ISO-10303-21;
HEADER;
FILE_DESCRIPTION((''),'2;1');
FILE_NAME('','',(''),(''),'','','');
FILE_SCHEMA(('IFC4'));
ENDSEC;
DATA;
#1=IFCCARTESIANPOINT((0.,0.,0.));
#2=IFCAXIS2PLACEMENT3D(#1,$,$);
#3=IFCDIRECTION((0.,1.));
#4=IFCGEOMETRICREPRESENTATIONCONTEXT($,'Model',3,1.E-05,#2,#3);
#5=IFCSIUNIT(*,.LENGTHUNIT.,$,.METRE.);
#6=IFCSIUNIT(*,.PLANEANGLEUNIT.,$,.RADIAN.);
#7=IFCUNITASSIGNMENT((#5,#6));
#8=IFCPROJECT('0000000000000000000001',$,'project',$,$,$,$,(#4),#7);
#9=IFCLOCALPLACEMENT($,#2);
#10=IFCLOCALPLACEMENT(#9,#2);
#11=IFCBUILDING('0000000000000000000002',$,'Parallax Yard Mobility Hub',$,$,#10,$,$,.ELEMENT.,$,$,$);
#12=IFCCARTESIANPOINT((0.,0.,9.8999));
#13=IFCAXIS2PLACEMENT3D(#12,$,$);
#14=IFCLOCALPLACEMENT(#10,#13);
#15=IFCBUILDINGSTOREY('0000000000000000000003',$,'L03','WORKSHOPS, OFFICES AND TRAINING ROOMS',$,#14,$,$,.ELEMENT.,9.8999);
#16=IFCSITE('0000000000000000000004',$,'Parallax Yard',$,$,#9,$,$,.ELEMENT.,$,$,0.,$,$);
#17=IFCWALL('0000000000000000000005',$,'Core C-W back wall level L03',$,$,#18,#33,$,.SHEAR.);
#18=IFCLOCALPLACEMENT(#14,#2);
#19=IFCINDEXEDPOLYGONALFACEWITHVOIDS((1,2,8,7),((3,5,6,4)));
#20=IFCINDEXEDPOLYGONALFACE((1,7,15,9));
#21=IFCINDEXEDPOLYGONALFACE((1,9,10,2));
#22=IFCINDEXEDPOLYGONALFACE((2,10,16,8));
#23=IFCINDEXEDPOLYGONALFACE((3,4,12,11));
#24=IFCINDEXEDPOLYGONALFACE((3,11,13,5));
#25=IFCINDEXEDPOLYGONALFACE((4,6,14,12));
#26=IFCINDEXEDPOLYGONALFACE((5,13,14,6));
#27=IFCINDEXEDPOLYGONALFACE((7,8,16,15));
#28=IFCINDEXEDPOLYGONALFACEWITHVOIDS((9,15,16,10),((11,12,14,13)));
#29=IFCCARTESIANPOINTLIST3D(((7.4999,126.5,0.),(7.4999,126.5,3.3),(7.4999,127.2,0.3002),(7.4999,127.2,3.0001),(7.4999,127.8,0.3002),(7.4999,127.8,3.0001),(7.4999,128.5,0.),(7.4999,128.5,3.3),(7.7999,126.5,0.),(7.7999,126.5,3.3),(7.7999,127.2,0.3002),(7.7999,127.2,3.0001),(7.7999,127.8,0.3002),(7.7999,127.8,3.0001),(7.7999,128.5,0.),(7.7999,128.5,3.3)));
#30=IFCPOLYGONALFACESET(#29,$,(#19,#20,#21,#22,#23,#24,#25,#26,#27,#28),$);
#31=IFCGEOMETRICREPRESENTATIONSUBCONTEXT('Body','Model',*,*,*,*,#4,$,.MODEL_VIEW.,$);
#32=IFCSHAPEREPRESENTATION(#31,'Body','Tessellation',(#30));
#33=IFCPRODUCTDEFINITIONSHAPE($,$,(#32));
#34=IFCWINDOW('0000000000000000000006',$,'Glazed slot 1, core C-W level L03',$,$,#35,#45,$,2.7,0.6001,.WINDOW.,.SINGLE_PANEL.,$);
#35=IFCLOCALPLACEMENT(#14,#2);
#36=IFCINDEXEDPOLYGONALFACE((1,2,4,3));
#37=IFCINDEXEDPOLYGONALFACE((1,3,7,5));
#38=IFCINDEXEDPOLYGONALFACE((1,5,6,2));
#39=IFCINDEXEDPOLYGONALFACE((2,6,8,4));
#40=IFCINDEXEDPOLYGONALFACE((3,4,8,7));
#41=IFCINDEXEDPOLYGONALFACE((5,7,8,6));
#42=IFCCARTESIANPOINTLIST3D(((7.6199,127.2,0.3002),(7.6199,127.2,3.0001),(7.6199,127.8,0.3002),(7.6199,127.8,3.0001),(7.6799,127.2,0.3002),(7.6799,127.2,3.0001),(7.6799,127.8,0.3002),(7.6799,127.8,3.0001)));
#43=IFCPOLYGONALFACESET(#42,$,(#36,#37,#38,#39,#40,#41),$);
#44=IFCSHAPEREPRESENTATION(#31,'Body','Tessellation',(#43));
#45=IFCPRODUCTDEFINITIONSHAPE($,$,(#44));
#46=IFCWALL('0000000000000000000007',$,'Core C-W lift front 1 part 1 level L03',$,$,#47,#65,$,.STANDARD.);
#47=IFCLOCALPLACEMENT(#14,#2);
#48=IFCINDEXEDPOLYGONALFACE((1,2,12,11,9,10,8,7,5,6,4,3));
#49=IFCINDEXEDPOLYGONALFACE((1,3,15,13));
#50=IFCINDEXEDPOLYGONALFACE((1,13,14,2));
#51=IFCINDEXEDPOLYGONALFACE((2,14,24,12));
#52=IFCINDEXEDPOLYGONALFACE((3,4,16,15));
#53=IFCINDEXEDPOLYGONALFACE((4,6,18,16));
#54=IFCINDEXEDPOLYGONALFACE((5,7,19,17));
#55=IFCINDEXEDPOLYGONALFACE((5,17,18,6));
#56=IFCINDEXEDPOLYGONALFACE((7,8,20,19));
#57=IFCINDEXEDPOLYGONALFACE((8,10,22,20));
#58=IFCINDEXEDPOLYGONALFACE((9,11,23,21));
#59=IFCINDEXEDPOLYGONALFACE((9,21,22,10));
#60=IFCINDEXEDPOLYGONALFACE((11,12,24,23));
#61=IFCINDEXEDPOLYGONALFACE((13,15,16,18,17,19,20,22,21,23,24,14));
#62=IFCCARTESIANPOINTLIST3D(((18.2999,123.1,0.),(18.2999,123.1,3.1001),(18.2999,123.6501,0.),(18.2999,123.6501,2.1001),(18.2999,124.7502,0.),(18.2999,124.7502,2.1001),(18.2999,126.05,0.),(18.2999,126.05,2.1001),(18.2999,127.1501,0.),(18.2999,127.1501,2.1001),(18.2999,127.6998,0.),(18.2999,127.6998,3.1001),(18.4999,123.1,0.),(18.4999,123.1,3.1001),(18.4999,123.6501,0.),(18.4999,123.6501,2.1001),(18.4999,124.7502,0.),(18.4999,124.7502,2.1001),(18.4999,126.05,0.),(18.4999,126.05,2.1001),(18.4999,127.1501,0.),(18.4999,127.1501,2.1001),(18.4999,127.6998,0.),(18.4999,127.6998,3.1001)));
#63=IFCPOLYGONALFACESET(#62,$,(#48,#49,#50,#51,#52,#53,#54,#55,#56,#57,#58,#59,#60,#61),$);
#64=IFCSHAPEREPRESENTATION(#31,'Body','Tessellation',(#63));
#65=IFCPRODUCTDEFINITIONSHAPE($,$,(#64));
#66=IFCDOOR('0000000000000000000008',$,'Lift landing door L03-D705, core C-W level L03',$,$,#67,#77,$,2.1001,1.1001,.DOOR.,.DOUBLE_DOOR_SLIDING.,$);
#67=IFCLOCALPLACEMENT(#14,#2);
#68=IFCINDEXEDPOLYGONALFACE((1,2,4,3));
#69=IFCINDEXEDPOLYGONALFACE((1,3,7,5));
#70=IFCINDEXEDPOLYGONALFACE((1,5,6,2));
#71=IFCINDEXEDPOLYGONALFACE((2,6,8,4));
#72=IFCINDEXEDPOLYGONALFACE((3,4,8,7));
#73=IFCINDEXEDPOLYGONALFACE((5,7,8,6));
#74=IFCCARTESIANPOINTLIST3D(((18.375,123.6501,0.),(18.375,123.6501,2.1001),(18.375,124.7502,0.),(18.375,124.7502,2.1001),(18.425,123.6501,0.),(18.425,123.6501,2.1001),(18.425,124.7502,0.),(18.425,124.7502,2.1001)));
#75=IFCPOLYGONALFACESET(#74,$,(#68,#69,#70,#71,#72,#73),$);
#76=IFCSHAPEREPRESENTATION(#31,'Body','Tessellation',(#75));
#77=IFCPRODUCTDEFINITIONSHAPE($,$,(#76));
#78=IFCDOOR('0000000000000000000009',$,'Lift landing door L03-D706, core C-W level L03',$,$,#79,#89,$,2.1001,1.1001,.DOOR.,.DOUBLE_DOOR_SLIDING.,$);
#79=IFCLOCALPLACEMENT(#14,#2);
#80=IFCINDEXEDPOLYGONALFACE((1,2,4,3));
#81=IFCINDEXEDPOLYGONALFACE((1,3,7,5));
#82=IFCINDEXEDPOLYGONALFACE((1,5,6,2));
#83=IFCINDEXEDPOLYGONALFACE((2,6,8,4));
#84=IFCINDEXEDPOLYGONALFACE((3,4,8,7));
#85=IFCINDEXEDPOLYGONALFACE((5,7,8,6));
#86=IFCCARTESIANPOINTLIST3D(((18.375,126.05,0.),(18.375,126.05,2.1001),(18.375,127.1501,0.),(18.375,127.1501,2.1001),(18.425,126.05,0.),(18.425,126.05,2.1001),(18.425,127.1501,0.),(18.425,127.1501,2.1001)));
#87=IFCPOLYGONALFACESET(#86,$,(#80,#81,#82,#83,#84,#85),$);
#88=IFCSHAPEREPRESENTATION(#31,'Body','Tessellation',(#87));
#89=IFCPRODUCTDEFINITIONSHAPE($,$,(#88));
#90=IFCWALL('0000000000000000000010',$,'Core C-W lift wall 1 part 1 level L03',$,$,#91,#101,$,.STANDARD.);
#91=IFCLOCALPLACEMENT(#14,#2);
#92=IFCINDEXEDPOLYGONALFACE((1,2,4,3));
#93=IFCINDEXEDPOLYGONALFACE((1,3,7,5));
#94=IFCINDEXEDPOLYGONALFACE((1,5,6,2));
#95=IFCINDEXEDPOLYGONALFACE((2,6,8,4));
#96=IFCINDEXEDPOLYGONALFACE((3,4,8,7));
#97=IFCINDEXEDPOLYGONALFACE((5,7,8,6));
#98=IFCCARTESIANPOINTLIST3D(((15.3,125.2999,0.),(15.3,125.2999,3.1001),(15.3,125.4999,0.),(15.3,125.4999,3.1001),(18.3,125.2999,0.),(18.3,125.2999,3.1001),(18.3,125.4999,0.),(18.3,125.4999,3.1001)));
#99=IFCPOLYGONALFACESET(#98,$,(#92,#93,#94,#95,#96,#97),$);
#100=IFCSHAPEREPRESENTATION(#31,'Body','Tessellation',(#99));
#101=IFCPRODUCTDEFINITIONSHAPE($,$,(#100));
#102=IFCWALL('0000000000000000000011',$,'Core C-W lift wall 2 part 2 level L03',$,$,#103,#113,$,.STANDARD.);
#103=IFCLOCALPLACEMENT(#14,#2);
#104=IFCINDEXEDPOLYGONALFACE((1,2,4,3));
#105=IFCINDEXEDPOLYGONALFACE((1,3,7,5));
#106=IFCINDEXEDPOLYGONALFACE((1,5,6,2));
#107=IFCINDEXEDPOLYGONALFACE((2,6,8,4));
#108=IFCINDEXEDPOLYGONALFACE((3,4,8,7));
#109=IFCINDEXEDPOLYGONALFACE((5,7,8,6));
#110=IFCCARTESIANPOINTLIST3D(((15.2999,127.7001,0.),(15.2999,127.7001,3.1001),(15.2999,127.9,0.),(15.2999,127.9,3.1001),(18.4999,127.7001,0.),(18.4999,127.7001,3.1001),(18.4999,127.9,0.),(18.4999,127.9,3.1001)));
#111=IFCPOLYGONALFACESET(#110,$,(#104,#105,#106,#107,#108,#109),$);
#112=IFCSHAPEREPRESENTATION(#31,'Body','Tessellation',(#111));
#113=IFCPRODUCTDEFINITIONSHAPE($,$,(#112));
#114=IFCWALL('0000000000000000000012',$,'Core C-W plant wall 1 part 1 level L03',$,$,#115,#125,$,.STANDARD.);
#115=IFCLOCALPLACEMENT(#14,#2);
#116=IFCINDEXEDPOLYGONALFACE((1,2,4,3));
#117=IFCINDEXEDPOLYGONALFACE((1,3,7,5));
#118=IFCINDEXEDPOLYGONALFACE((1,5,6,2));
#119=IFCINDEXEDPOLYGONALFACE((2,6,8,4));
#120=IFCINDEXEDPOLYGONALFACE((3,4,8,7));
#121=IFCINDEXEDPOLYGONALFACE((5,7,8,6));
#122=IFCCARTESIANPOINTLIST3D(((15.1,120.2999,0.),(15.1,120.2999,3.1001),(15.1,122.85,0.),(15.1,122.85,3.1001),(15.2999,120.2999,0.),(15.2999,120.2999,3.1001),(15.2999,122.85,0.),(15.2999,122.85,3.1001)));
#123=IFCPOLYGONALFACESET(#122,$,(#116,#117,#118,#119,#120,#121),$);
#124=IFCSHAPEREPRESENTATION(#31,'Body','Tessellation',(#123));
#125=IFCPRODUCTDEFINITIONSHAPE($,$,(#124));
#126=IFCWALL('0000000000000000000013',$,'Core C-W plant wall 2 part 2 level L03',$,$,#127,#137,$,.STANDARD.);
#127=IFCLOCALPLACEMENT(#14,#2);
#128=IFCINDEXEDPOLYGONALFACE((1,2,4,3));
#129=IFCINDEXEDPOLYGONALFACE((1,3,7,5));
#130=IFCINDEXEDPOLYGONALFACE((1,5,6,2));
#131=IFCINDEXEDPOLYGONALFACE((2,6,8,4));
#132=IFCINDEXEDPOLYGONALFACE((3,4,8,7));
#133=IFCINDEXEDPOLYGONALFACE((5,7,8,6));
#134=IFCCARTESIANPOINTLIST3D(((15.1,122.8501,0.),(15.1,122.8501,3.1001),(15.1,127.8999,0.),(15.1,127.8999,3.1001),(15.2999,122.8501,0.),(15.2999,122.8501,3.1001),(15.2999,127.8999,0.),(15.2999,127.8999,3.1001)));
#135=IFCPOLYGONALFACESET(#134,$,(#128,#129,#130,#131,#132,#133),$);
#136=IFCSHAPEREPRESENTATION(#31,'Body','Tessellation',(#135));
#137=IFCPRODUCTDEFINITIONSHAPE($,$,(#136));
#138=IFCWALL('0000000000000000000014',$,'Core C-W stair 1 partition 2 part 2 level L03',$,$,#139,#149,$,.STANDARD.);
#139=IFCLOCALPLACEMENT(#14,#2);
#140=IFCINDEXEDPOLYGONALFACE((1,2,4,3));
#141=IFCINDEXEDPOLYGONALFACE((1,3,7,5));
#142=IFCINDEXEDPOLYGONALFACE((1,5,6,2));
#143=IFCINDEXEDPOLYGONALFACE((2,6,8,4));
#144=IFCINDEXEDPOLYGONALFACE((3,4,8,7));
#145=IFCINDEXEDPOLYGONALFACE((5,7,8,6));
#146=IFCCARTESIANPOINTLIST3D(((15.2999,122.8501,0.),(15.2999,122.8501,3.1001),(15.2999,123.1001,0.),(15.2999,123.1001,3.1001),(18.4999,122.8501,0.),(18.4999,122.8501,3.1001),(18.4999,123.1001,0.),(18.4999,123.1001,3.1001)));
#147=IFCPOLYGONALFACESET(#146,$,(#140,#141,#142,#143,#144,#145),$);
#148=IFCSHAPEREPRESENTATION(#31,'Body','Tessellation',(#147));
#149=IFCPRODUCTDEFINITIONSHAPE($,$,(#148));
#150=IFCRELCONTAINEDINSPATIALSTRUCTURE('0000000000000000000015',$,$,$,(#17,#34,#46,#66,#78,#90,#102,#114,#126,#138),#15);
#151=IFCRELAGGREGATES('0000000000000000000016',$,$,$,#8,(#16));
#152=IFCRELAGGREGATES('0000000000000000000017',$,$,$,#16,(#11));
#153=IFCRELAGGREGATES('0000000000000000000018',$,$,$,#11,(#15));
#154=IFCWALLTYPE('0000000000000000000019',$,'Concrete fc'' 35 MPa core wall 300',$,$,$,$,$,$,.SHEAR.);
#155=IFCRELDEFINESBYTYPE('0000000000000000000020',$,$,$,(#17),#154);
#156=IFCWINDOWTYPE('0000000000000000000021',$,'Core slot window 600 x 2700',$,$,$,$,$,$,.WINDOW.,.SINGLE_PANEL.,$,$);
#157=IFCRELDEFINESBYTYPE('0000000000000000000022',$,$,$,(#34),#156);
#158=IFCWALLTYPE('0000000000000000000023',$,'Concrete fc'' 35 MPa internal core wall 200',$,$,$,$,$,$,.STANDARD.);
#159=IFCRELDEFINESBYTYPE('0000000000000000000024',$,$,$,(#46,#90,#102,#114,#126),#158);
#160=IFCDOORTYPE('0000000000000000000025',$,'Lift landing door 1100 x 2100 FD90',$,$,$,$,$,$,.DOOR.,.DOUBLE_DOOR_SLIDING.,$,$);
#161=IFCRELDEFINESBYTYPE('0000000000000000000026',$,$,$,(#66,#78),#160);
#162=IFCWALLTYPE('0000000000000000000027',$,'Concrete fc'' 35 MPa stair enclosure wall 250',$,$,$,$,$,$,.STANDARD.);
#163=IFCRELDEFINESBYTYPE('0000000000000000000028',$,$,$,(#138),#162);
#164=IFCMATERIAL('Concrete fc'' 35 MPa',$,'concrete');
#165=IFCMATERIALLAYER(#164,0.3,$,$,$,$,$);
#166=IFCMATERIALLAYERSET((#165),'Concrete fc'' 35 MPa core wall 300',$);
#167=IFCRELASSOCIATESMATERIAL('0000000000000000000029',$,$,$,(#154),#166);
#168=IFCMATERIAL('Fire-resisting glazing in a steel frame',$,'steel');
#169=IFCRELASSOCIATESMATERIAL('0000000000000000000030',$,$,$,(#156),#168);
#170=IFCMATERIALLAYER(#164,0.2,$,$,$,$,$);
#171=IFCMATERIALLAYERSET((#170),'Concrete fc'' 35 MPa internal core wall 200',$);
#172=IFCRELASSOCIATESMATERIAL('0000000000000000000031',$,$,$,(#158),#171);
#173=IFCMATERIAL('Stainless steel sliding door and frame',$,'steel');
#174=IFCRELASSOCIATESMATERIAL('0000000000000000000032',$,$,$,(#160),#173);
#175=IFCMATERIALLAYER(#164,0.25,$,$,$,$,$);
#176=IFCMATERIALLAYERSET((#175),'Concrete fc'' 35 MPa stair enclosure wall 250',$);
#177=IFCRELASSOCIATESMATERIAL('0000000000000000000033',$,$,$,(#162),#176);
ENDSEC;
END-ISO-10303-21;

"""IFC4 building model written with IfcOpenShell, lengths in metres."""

from ifc_helpers import new_model, si_unit, direction, frame, frame_2d, origin, place, context, subcontext, project, spatial, rectangle, extrude, material, layer, layer_set, type_object, element, fill, save


model = new_model("IFC4")

# Units and contexts
model_context = context("Model", 3, precision=1e-05, world=origin(), true_north=direction((0.0, 1.0)))
body_context = subcontext(model_context, "Body", "Model", "MODEL_VIEW")
ifc_project = project(units=[si_unit("LENGTHUNIT", "METRE"), si_unit("PLANEANGLEUNIT", "RADIAN")], contexts=[model_context])

# Site, building, storey
site_placement = place(None, origin())
site = spatial("IfcSite", under=ifc_project, at=site_placement, Name="Parallax Yard", CompositionType="ELEMENT", RefElevation=0.0)
building_placement = place(site_placement, origin())
building = spatial("IfcBuilding", under=site, at=building_placement, Name="Parallax Yard Mobility Hub", CompositionType="ELEMENT")
storey_placement = place(building_placement, frame((0.0, 0.0, 9.8999)))
storey = spatial("IfcBuildingStorey", under=building, at=storey_placement, Name="L03", Description="WORKSHOPS, OFFICES AND TRAINING ROOMS", CompositionType="ELEMENT", Elevation=9.8999)

# Wall, opening, window
ifc_material_1 = material(Name="Concrete fc' 35 MPa", Category="concrete")
ifc_layer_1 = layer(ifc_material_1, 0.3)
ifc_layer_set_1 = layer_set([ifc_layer_1], Name="Concrete fc' 35 MPa core wall 300")
wall_type_1 = type_object("IfcWallType", Name="Concrete fc' 35 MPa core wall 300", PredefinedType="SHEAR", material=ifc_layer_set_1)
wall_1_placement = place(storey_placement, frame((7.6499, 126.5, 0.0), z_axis=(0.0, 0.0, 1.0), x_axis=(0.0, 1.0, 0.0)))
wall_1 = element("IfcWall", 1, at=wall_1_placement, inside=storey, type_object=wall_type_1, Name="Core C-W back wall level L03", PredefinedType="SHEAR", context=body_context, shape_type="SweptSolid", body=[
    extrude(rectangle(XDim=2.0, YDim=0.3, at=frame_2d((1.0, 0.0))), origin(), (0.0, 0.0, 1.0), 3.3),
])
opening_1_placement = place(wall_1_placement, frame((0.7, 0.0, 0.3)))
opening_1 = element("IfcOpeningElement", 2, at=opening_1_placement, cuts=wall_1, PredefinedType="OPENING", context=body_context, shape_type="SweptSolid", body=[
    extrude(rectangle(XDim=0.6001, YDim=2.7, at=frame_2d((0.3, 1.3501))), frame((0.0, 0.1602, 0.0), z_axis=(0.0, -1.0, 0.0), x_axis=(1.0, 0.0, 0.0)), (0.0, 0.0, 1.0), 0.3201),
])
ifc_material_2 = material(Name="Fire-resisting glazing in a steel frame", Category="steel")
window_type = type_object("IfcWindowType", Name="Core slot window 600 x 2700", PartitioningType="SINGLE_PANEL", PredefinedType="WINDOW", material=ifc_material_2)
window_placement = place(opening_1_placement, origin())
window = element("IfcWindow", 3, at=window_placement, inside=storey, type_object=window_type, Name="Glazed slot 1, core C-W level L03", OverallHeight=2.7, OverallWidth=0.6001, PartitioningType="SINGLE_PANEL", PredefinedType="WINDOW", context=body_context, shape_type="SweptSolid", body=[
    extrude(rectangle(XDim=0.6001, YDim=2.7, at=frame_2d((0.3, 1.3501))), frame((0.0, 0.03, 0.0), z_axis=(0.0, -1.0, 0.0), x_axis=(1.0, 0.0, 0.0)), (0.0, 0.0, 1.0), 0.0601),
])
fill(opening_1, window)

# Wall, openings, doors
ifc_layer_2 = layer(ifc_material_1, 0.2)
ifc_layer_set_2 = layer_set([ifc_layer_2], Name="Concrete fc' 35 MPa internal core wall 200")
wall_type_2 = type_object("IfcWallType", Name="Concrete fc' 35 MPa internal core wall 200", PredefinedType="STANDARD", material=ifc_layer_set_2)
wall_2_placement = place(storey_placement, frame((18.3999, 123.1001, 0.0), z_axis=(0.0, 0.0, 1.0), x_axis=(0.0, 1.0, 0.0)))
wall_2 = element("IfcWall", 4, at=wall_2_placement, inside=storey, type_object=wall_type_2, Name="Core C-W lift front 1 part 1 level L03", PredefinedType="STANDARD", context=body_context, shape_type="SweptSolid", body=[
    extrude(rectangle(XDim=4.5999, YDim=0.2, at=frame_2d((2.2998, 0.0))), origin(), (0.0, 0.0, 1.0), 3.1001),
])
opening_2_placement = place(wall_2_placement, frame((0.55, 0.0, 0.0)))
opening_2 = element("IfcOpeningElement", 5, at=opening_2_placement, cuts=wall_2, PredefinedType="OPENING", context=body_context, shape_type="SweptSolid", body=[
    extrude(rectangle(XDim=1.1001, YDim=2.1001, at=frame_2d((0.55, 1.05))), frame((0.0, 0.1099, 0.0), z_axis=(0.0, -1.0, 0.0), x_axis=(1.0, 0.0, 0.0)), (0.0, 0.0, 1.0), 0.22),
])
opening_3_placement = place(wall_2_placement, frame((2.95, 0.0, 0.0)))
opening_3 = element("IfcOpeningElement", 6, at=opening_3_placement, cuts=wall_2, PredefinedType="OPENING", context=body_context, shape_type="SweptSolid", body=[
    extrude(rectangle(XDim=1.1001, YDim=2.1001, at=frame_2d((0.55, 1.05))), frame((0.0, 0.1099, 0.0), z_axis=(0.0, -1.0, 0.0), x_axis=(1.0, 0.0, 0.0)), (0.0, 0.0, 1.0), 0.22),
])
ifc_material_3 = material(Name="Stainless steel sliding door and frame", Category="steel")
door_type = type_object("IfcDoorType", Name="Lift landing door 1100 x 2100 FD90", OperationType="DOUBLE_DOOR_SLIDING", PredefinedType="DOOR", material=ifc_material_3)
door_1_placement = place(opening_2_placement, origin())
door_1 = element("IfcDoor", 7, at=door_1_placement, inside=storey, type_object=door_type, Name="Lift landing door L03-D705, core C-W level L03", OperationType="DOUBLE_DOOR_SLIDING", OverallHeight=2.1001, OverallWidth=1.1001, PredefinedType="DOOR", context=body_context, shape_type="SweptSolid", body=[
    extrude(rectangle(XDim=1.1001, YDim=2.1001, at=frame_2d((0.55, 1.05))), frame((0.0, 0.0249, 0.0), z_axis=(0.0, -1.0, 0.0), x_axis=(1.0, 0.0, 0.0)), (0.0, 0.0, 1.0), 0.05),
])
fill(opening_2, door_1)
door_2_placement = place(opening_3_placement, origin())
door_2 = element("IfcDoor", 8, at=door_2_placement, inside=storey, type_object=door_type, Name="Lift landing door L03-D706, core C-W level L03", OperationType="DOUBLE_DOOR_SLIDING", OverallHeight=2.1001, OverallWidth=1.1001, PredefinedType="DOOR", context=body_context, shape_type="SweptSolid", body=[
    extrude(rectangle(XDim=1.1001, YDim=2.1001, at=frame_2d((0.55, 1.05))), frame((0.0, 0.0249, 0.0), z_axis=(0.0, -1.0, 0.0), x_axis=(1.0, 0.0, 0.0)), (0.0, 0.0, 1.0), 0.05),
])
fill(opening_3, door_2)

# Walls
wall_3_placement = place(storey_placement, frame((18.3, 125.3999, 0.0), z_axis=(0.0, 0.0, 1.0), x_axis=(-1.0, 0.0, 0.0)))
element("IfcWall", 9, at=wall_3_placement, inside=storey, type_object=wall_type_2, Name="Core C-W lift wall 1 part 1 level L03", PredefinedType="STANDARD", context=body_context, shape_type="SweptSolid", body=[
    extrude(rectangle(XDim=3.0, YDim=0.2, at=frame_2d((1.5, 0.0))), origin(), (0.0, 0.0, 1.0), 3.1001),
])
wall_4_placement = place(storey_placement, frame((18.5, 127.8, 0.0), z_axis=(0.0, 0.0, 1.0), x_axis=(-1.0, 0.0, 0.0)))
element("IfcWall", 10, at=wall_4_placement, inside=storey, type_object=wall_type_2, Name="Core C-W lift wall 2 part 2 level L03", PredefinedType="STANDARD", context=body_context, shape_type="SweptSolid", body=[
    extrude(rectangle(XDim=3.2, YDim=0.2, at=frame_2d((1.6001, 0.0))), origin(), (0.0, 0.0, 1.0), 3.1001),
])
wall_5_placement = place(storey_placement, frame((15.2, 120.3, 0.0), z_axis=(0.0, 0.0, 1.0), x_axis=(0.0, 1.0, 0.0)))
element("IfcWall", 11, at=wall_5_placement, inside=storey, type_object=wall_type_2, Name="Core C-W plant wall 1 part 1 level L03", PredefinedType="STANDARD", context=body_context, shape_type="SweptSolid", body=[
    extrude(rectangle(XDim=2.55, YDim=0.2, at=frame_2d((1.2749, 0.0))), origin(), (0.0, 0.0, 1.0), 3.1001),
])
wall_6_placement = place(storey_placement, frame((15.2, 122.8501, 0.0), z_axis=(0.0, 0.0, 1.0), x_axis=(0.0, 1.0, 0.0)))
element("IfcWall", 12, at=wall_6_placement, inside=storey, type_object=wall_type_2, Name="Core C-W plant wall 2 part 2 level L03", PredefinedType="STANDARD", context=body_context, shape_type="SweptSolid", body=[
    extrude(rectangle(XDim=5.0498, YDim=0.2, at=frame_2d((2.5249, 0.0))), origin(), (0.0, 0.0, 1.0), 3.1001),
])
ifc_layer_3 = layer(ifc_material_1, 0.25)
ifc_layer_set_3 = layer_set([ifc_layer_3], Name="Concrete fc' 35 MPa stair enclosure wall 250")
wall_type_3 = type_object("IfcWallType", Name="Concrete fc' 35 MPa stair enclosure wall 250", PredefinedType="STANDARD", material=ifc_layer_set_3)
wall_7_placement = place(storey_placement, frame((18.5, 122.9751, 0.0), z_axis=(0.0, 0.0, 1.0), x_axis=(-1.0, 0.0, 0.0)))
element("IfcWall", 13, at=wall_7_placement, inside=storey, type_object=wall_type_3, Name="Core C-W stair 1 partition 2 part 2 level L03", PredefinedType="STANDARD", context=body_context, shape_type="SweptSolid", body=[
    extrude(rectangle(XDim=3.2, YDim=0.25, at=frame_2d((1.6001, 0.0))), origin(), (0.0, 0.0, 1.0), 3.1001),
])

save(model, "model.ifc")
